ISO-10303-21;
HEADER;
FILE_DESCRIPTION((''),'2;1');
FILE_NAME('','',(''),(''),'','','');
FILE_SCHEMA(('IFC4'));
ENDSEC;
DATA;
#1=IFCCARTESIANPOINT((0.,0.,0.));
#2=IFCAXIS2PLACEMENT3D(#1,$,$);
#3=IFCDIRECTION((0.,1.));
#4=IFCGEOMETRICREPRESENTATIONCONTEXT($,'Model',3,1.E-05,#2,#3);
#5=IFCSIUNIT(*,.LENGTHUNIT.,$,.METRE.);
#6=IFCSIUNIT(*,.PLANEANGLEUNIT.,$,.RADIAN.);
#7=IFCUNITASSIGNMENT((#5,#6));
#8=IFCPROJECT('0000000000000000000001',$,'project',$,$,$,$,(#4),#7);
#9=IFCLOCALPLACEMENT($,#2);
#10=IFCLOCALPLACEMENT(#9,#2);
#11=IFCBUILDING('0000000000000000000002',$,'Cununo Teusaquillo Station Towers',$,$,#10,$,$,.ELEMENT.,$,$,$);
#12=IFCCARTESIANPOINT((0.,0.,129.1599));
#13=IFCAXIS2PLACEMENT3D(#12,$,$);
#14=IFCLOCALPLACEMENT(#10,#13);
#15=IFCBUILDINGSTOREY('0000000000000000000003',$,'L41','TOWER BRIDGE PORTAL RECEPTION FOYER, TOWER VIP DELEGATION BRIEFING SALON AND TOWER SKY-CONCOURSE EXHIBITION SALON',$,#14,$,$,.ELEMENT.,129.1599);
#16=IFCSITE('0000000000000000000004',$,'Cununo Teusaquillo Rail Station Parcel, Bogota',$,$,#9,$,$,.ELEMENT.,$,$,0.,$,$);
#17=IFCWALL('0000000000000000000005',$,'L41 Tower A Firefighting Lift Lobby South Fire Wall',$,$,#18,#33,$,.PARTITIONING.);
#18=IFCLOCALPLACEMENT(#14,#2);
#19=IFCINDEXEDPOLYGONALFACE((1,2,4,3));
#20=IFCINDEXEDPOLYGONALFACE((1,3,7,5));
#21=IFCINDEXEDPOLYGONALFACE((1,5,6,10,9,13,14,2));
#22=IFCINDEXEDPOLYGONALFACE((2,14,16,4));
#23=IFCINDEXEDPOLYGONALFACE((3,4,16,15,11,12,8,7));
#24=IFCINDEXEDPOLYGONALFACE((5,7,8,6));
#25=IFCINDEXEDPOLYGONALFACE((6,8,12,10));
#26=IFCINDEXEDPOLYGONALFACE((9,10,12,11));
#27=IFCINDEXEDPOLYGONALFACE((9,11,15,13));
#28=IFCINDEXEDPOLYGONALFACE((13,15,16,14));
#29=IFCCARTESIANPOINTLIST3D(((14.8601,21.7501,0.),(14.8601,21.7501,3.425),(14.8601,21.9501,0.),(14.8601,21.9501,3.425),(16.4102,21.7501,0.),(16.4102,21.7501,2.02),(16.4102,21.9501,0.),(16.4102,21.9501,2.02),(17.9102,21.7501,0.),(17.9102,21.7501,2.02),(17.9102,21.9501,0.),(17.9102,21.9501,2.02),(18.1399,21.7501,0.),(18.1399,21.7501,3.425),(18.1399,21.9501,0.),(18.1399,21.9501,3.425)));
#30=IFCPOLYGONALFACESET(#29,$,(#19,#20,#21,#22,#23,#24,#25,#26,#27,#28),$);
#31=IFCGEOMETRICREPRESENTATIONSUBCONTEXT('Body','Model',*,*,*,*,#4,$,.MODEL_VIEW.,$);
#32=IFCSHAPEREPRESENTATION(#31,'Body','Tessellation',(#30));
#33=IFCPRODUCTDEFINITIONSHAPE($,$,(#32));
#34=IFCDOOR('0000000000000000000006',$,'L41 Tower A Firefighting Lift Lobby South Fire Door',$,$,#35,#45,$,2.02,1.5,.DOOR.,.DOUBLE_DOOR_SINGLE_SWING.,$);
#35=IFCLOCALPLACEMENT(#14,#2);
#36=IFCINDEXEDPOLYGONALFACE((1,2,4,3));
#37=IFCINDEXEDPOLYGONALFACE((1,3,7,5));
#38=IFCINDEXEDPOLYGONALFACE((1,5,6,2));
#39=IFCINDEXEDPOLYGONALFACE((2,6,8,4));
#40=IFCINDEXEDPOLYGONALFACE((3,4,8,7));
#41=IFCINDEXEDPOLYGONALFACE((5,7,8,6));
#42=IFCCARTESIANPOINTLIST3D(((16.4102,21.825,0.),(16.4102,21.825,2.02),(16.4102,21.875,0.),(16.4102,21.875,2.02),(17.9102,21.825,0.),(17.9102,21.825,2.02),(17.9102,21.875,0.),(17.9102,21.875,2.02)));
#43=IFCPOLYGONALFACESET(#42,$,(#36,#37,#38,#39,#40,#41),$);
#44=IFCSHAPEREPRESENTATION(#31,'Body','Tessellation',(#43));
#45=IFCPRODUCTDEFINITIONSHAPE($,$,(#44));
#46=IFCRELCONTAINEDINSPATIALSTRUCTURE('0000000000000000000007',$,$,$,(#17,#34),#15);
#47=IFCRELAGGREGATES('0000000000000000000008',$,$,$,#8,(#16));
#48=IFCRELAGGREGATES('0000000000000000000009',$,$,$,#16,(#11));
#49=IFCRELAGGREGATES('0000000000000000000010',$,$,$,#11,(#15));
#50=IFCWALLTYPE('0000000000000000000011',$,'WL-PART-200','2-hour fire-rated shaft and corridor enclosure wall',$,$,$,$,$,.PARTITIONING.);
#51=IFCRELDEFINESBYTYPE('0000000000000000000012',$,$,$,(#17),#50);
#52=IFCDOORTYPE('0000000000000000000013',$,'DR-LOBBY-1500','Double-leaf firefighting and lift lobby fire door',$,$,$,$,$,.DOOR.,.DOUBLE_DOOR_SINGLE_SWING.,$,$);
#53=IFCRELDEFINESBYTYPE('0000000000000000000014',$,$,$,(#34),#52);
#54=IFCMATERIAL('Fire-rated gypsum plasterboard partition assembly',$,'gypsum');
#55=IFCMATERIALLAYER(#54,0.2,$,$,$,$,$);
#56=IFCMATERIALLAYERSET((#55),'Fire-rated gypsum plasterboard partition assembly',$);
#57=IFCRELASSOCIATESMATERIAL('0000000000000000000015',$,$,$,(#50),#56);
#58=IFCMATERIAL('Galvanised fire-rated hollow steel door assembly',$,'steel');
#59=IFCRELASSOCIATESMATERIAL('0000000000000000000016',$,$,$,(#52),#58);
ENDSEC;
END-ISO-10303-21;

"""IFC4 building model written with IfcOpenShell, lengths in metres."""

from ifc_helpers import new_model, si_unit, direction, frame, frame_2d, origin, place, context, subcontext, project, spatial, rectangle, extrude, source, transform, mapped, material, layer, layer_set, type_object, element, fill, save


model = new_model("IFC4")

# Units and contexts
model_context = context("Model", 3, precision=1e-05, world=origin(), true_north=direction((0.0, 1.0)))
body_context = subcontext(model_context, "Body", "Model", "MODEL_VIEW")
ifc_project = project(units=[si_unit("LENGTHUNIT", "METRE"), si_unit("PLANEANGLEUNIT", "RADIAN")], contexts=[model_context])

# Site, building, storey
site_placement = place(None, origin())
site = spatial("IfcSite", under=ifc_project, at=site_placement, Name="Cununo Teusaquillo Rail Station Parcel, Bogota", CompositionType="ELEMENT", RefElevation=0.0)
building_placement = place(site_placement, origin())
building = spatial("IfcBuilding", under=site, at=building_placement, Name="Cununo Teusaquillo Station Towers", CompositionType="ELEMENT")
storey_placement = place(building_placement, frame((0.0, 0.0, 129.1599)))
storey = spatial("IfcBuildingStorey", under=building, at=storey_placement, Name="L41", Description="TOWER BRIDGE PORTAL RECEPTION FOYER, TOWER VIP DELEGATION BRIEFING SALON AND TOWER SKY-CONCOURSE EXHIBITION SALON", CompositionType="ELEMENT", Elevation=129.1599)

# Wall, opening, door
ifc_material_1 = material(Name="Fire-rated gypsum plasterboard partition assembly", Category="gypsum")
ifc_layer_1 = layer(ifc_material_1, 0.2)
ifc_layer_set_1 = layer_set([ifc_layer_1], Name="Fire-rated gypsum plasterboard partition assembly")
wall_type_1 = type_object("IfcWallType", Name="WL-PART-200", Description="2-hour fire-rated shaft and corridor enclosure wall", PredefinedType="PARTITIONING", material=ifc_layer_set_1)
wall_1_placement = place(storey_placement, frame((14.8601, 21.8501, 0.0), z_axis=(0.0, 0.0, 1.0), x_axis=(1.0, 0.0, 0.0)))
wall_1 = element("IfcWall", 1, at=wall_1_placement, inside=storey, type_object=wall_type_1, Name="L41 Tower A Firefighting Lift Lobby South Fire Wall", PredefinedType="PARTITIONING", context=body_context, shape_type="SweptSolid", body=[
    extrude(rectangle(XDim=3.2798, YDim=0.2, at=frame_2d((1.6399, 0.0))), origin(), (0.0, 0.0, 1.0), 3.425),
])
shared_shape_1 = source(origin(), body_context, "Body", "SweptSolid", [
    extrude(rectangle(XDim=1.5, YDim=2.02, at=frame_2d((0.75, 1.01))), frame((0.0, 0.1099, 0.0), z_axis=(0.0, -1.0, 0.0), x_axis=(1.0, 0.0, 0.0)), (0.0, 0.0, 1.0), 0.22),
])
opening_1_placement = place(wall_1_placement, frame((1.55, 0.0, 0.0)))
opening_1 = element("IfcOpeningElement", 2, at=opening_1_placement, cuts=wall_1, PredefinedType="OPENING", context=body_context, shape_type="MappedRepresentation", body=[
    mapped(shared_shape_1, transform((0.0, 0.0, 0.0), x_axis=(1.0, 0.0, 0.0), y_axis=(0.0, 1.0, 0.0), z_axis=(0.0, 0.0, 1.0), scale=1.0)),
])
ifc_material_2 = material(Name="Galvanised fire-rated hollow steel door assembly", Category="steel")
door_type_1 = type_object("IfcDoorType", Name="DR-LOBBY-1500", Description="Double-leaf firefighting and lift lobby fire door", OperationType="DOUBLE_DOOR_SINGLE_SWING", PredefinedType="DOOR", material=ifc_material_2)
shared_shape_2 = source(origin(), body_context, "Body", "SweptSolid", [
    extrude(rectangle(XDim=1.5, YDim=2.02, at=frame_2d((0.75, 1.01))), frame((0.0, 0.0249, 0.0), z_axis=(0.0, -1.0, 0.0), x_axis=(1.0, 0.0, 0.0)), (0.0, 0.0, 1.0), 0.05),
])
door_1_placement = place(opening_1_placement, origin())
door_1 = element("IfcDoor", 3, at=door_1_placement, inside=storey, type_object=door_type_1, Name="L41 Tower A Firefighting Lift Lobby South Fire Door", OperationType="DOUBLE_DOOR_SINGLE_SWING", OverallHeight=2.02, OverallWidth=1.5, PredefinedType="DOOR", context=body_context, shape_type="MappedRepresentation", body=[
    mapped(shared_shape_2, transform((0.0, 0.0, 0.0), x_axis=(1.0, 0.0, 0.0), y_axis=(0.0, 1.0, 0.0), z_axis=(0.0, 0.0, 1.0), scale=1.0)),
])
fill(opening_1, door_1)

save(model, "model.ifc")
